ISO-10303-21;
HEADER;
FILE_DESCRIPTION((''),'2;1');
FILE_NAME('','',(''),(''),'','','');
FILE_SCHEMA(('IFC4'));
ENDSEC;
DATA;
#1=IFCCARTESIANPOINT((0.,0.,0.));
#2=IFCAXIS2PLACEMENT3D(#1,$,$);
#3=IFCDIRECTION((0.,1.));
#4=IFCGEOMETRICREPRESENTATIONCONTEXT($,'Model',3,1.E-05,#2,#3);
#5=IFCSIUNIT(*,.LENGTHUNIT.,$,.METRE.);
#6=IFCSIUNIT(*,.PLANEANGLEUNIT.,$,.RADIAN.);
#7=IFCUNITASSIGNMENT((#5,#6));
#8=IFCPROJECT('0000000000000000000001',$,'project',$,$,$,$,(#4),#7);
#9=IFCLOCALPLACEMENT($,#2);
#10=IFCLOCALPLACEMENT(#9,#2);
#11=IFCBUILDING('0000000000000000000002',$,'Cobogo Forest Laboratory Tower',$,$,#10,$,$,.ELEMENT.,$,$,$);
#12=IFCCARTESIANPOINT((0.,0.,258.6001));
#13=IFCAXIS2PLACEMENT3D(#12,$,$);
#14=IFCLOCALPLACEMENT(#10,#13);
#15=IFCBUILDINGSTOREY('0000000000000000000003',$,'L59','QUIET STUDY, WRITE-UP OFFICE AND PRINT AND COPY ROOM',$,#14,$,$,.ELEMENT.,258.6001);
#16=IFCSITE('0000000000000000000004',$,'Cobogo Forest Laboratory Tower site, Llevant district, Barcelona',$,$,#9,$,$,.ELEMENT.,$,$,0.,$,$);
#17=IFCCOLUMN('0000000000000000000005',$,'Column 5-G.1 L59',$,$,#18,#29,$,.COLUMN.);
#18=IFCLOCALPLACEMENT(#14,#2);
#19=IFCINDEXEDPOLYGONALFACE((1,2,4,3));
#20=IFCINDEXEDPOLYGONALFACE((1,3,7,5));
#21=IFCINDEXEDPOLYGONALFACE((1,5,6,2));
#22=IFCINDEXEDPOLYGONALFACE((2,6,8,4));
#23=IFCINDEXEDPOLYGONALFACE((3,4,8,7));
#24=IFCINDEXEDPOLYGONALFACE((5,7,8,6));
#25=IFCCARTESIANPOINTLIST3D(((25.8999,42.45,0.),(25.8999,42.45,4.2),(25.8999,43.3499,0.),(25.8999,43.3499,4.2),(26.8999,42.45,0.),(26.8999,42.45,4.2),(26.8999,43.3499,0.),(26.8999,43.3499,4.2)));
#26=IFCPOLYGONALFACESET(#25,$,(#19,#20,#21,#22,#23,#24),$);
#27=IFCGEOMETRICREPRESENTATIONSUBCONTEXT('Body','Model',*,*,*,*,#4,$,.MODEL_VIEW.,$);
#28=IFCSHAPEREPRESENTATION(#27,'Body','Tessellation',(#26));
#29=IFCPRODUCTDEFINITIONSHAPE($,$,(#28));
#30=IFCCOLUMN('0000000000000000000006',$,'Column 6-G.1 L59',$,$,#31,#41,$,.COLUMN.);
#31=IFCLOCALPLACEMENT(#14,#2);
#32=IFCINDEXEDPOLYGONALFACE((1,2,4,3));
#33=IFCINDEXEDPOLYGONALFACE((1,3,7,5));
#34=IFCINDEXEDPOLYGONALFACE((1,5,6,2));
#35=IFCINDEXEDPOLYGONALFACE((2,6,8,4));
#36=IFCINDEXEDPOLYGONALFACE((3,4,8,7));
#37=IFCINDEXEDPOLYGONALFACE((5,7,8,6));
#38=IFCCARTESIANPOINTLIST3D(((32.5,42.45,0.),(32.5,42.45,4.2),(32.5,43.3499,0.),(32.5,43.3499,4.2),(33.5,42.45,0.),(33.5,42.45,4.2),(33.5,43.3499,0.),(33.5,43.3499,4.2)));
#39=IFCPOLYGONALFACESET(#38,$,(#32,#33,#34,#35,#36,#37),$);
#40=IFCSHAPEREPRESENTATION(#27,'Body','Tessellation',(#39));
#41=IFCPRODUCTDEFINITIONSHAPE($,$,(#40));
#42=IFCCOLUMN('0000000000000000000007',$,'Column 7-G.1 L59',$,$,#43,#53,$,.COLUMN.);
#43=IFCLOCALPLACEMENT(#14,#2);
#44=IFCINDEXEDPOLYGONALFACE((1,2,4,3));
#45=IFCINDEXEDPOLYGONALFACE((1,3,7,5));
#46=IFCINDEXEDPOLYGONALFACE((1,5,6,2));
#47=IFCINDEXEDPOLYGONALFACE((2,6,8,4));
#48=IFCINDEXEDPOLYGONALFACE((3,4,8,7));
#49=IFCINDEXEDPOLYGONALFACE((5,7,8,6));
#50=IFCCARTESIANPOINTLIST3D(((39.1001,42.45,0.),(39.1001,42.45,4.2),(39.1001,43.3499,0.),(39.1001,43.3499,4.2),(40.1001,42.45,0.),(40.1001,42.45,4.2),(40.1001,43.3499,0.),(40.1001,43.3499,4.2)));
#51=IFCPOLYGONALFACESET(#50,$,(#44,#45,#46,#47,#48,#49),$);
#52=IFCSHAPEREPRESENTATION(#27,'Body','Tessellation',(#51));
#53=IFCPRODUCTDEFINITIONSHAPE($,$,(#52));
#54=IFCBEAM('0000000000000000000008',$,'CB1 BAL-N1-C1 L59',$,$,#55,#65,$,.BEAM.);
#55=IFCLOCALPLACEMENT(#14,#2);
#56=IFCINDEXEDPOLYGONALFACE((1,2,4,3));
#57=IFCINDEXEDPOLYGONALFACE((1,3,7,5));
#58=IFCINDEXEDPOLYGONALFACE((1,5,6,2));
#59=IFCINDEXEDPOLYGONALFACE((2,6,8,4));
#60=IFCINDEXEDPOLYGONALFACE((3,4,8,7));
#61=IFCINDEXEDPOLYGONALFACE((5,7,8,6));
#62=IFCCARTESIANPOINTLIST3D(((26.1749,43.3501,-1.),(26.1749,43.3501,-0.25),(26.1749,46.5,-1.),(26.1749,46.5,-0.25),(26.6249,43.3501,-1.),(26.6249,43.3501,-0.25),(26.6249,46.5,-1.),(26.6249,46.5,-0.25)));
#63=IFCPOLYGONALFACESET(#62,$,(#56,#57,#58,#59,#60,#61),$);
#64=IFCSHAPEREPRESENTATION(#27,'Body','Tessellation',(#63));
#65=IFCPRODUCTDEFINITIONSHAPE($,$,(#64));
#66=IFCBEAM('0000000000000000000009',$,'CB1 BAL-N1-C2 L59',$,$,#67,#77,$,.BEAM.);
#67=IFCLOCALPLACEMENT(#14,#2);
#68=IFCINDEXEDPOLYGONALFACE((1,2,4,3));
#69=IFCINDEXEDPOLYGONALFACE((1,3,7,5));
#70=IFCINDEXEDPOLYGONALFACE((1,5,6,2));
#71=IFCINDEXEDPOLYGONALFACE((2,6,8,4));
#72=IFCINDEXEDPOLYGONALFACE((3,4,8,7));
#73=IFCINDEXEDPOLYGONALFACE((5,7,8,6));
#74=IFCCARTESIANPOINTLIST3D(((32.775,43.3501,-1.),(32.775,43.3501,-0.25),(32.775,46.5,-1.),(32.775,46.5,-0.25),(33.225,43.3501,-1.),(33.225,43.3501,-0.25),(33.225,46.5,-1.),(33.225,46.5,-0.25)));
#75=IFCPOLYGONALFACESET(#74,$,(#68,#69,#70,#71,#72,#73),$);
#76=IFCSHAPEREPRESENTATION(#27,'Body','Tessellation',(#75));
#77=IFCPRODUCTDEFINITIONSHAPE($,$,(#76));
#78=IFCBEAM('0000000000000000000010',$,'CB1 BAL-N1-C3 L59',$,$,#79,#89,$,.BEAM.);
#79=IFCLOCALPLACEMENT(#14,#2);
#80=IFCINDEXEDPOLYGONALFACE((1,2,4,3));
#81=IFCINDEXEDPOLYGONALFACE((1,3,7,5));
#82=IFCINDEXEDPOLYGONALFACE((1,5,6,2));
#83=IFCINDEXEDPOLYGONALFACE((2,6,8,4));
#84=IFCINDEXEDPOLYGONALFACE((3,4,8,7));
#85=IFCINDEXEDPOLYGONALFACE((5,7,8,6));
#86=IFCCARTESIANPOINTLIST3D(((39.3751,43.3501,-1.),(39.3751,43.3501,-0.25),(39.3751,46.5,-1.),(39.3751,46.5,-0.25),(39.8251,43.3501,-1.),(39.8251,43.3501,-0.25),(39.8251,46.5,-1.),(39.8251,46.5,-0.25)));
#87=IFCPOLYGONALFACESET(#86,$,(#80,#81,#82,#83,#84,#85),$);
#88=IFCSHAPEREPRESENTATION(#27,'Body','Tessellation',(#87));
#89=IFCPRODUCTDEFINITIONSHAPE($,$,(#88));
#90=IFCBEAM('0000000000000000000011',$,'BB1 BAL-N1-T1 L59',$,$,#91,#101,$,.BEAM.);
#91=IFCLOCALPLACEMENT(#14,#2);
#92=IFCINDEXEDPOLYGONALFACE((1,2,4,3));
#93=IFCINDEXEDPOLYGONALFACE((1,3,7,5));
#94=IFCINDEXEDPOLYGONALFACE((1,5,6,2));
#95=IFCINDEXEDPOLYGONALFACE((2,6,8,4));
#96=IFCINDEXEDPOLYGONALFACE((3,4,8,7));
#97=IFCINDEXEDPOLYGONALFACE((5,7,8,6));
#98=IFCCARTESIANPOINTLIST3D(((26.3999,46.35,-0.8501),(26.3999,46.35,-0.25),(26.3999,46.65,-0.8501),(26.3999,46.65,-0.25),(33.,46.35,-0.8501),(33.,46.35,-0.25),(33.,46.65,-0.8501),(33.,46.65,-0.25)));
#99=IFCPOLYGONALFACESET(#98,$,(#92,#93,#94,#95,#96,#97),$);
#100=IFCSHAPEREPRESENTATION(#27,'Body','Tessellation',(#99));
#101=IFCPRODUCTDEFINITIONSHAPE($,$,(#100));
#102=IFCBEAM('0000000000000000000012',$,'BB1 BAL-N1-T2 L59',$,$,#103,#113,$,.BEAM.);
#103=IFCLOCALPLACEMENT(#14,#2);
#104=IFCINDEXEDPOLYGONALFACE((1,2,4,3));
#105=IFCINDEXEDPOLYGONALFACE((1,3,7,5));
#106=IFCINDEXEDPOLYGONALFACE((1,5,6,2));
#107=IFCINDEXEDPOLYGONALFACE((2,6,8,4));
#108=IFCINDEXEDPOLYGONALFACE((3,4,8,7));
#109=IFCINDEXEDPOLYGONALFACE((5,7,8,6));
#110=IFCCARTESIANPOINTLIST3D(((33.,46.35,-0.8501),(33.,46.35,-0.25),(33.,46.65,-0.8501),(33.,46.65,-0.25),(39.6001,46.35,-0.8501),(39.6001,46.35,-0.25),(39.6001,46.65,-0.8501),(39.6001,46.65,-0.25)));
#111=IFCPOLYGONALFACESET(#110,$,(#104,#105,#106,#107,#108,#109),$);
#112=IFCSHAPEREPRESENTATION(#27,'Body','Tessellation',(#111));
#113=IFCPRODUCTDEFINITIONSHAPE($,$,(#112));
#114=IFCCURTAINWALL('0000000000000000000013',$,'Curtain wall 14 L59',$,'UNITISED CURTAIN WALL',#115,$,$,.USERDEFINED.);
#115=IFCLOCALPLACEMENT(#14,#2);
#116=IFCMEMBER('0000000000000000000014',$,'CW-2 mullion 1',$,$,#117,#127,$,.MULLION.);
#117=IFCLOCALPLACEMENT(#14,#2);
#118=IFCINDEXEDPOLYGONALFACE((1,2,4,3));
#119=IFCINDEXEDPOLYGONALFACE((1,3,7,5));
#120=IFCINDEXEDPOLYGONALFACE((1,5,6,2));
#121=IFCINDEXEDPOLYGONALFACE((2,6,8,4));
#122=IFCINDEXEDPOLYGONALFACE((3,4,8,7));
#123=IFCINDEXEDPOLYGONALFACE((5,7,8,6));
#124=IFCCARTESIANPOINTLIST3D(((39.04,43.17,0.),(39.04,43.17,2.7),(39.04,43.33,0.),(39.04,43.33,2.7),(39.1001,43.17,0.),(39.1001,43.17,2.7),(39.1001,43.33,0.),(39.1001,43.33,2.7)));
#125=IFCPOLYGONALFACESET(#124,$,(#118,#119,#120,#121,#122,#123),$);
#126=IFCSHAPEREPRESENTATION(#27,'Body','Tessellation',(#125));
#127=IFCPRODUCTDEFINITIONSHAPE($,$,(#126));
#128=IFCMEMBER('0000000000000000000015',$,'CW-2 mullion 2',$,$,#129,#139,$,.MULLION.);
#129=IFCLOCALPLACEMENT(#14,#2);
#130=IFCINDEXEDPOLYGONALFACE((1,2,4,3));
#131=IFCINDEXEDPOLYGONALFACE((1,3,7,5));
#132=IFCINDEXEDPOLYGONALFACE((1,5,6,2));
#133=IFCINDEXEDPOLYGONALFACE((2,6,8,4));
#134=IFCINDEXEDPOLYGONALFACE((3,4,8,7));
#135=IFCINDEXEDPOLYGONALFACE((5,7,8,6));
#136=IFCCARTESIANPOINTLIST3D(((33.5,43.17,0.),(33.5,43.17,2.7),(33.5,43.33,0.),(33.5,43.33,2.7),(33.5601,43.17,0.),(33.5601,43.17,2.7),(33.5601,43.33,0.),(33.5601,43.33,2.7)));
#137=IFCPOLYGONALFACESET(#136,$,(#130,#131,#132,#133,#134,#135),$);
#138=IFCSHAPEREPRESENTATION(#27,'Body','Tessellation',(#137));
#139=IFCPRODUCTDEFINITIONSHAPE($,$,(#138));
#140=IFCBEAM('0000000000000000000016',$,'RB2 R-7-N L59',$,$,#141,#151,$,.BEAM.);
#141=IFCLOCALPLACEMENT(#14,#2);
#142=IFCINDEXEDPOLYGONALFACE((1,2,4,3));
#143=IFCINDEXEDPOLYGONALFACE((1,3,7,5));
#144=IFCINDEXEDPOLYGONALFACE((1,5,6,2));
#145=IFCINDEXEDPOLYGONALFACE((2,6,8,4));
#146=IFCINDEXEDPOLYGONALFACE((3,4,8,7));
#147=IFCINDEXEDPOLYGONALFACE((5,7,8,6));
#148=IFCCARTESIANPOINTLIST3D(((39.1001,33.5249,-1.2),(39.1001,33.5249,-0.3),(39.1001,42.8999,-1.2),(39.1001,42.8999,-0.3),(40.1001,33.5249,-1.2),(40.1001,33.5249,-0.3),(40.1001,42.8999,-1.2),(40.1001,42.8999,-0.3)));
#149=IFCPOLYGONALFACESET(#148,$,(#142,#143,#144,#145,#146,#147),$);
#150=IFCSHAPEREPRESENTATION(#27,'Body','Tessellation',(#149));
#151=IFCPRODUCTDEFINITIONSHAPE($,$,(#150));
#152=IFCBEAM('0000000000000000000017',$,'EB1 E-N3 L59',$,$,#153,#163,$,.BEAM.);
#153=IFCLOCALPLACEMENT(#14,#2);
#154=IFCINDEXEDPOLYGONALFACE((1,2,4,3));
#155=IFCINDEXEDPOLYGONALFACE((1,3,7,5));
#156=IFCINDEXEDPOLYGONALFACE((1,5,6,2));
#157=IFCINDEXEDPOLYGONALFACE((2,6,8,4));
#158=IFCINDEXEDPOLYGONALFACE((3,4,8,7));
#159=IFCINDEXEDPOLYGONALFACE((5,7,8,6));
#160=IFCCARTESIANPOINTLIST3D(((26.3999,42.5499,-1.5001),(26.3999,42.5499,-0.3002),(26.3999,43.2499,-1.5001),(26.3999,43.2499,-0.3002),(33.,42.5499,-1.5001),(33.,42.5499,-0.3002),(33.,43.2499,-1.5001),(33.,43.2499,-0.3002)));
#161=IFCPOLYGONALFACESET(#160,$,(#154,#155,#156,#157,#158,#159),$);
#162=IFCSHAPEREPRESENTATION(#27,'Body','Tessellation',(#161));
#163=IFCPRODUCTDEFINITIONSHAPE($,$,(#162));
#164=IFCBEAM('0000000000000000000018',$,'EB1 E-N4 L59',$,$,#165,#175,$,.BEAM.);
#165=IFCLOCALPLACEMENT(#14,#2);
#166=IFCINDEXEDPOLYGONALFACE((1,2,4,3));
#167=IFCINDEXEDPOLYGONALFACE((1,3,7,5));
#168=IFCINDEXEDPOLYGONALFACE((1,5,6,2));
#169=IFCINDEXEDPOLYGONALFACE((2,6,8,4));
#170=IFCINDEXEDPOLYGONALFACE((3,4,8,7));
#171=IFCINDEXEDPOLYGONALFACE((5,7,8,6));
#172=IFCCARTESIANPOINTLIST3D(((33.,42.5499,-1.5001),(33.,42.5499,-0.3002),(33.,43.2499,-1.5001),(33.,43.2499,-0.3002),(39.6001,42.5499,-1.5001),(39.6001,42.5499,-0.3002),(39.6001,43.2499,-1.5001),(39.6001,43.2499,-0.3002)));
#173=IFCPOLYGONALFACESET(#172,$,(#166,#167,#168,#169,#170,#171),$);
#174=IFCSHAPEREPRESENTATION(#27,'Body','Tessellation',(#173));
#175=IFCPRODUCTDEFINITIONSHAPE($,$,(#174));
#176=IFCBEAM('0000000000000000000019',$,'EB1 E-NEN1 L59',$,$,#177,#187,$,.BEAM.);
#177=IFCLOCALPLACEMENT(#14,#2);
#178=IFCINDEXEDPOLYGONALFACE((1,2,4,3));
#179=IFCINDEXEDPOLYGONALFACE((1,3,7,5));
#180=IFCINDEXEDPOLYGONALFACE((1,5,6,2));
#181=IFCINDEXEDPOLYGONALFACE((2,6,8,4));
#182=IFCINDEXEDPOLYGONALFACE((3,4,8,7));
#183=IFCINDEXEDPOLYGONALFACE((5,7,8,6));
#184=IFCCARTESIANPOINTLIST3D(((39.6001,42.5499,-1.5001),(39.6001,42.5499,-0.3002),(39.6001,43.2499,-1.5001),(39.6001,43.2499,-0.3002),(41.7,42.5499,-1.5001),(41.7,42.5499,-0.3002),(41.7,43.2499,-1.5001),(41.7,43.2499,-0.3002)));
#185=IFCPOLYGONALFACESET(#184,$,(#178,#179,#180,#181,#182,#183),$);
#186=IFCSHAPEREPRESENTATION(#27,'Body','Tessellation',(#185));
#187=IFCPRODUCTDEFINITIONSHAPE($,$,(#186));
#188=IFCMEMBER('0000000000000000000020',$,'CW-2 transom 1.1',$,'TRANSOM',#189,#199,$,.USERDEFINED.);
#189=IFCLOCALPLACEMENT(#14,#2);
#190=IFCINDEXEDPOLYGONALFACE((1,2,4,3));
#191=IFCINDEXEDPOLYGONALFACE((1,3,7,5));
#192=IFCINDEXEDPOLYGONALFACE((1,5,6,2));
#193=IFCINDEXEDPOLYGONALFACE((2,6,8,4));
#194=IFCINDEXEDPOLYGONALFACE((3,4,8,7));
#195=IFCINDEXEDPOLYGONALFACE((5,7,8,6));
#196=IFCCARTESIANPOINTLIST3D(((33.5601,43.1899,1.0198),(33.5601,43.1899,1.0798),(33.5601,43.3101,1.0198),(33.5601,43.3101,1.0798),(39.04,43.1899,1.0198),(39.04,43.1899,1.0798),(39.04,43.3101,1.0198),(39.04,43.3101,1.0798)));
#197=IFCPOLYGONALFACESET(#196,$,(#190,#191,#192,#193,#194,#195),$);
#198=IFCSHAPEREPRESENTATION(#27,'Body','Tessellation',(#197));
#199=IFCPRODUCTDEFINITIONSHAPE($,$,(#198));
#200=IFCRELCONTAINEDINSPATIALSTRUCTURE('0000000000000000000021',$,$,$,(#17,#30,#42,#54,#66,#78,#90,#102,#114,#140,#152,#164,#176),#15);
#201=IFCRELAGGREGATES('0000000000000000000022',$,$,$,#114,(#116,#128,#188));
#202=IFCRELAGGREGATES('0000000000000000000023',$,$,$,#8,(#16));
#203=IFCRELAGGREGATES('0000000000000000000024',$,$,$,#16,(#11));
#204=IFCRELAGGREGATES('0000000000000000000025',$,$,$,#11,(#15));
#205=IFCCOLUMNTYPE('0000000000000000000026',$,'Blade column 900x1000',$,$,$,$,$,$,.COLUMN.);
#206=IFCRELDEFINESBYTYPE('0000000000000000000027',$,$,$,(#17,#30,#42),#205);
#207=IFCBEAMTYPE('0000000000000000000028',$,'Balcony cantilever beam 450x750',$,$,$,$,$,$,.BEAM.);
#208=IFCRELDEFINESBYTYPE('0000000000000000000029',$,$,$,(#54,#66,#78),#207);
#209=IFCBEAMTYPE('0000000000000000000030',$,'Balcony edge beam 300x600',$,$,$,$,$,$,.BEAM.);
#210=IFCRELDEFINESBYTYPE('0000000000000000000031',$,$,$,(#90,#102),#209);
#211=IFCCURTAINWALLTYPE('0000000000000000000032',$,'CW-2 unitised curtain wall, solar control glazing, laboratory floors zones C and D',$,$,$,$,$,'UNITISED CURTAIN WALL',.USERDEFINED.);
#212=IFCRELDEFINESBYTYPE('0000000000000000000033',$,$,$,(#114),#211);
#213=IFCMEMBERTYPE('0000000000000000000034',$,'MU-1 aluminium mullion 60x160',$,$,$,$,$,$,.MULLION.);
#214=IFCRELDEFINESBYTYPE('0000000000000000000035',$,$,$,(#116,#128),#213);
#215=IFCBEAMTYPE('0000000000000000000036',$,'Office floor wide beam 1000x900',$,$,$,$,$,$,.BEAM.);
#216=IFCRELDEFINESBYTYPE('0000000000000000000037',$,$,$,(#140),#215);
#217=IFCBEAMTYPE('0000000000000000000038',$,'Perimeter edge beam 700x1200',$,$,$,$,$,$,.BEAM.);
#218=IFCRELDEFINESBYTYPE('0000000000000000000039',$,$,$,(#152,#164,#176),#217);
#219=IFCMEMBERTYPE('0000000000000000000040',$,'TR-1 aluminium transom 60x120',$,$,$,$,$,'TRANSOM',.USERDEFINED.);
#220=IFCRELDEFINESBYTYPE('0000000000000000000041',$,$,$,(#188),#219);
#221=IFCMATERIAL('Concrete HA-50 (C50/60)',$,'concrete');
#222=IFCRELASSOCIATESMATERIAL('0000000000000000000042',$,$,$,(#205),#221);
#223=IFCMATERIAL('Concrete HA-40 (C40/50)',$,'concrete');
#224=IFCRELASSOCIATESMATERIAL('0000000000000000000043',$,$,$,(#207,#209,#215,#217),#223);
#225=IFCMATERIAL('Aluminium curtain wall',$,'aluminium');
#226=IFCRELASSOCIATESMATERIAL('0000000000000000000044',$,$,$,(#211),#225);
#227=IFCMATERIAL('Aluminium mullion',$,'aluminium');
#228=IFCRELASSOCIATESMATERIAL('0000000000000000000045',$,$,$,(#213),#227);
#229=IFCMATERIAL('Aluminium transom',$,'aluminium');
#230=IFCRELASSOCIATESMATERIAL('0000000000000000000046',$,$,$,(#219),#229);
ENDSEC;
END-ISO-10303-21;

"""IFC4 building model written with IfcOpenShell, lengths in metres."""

from ifc_helpers import new_model, si_unit, direction, frame, origin, origin_2d, place, context, subcontext, project, spatial, rectangle, extrude, material, material_profile, profile_set, type_object, element, aggregate, save


model = new_model("IFC4")

# Units and contexts
model_context = context("Model", 3, precision=1e-05, world=origin(), true_north=direction((0.0, 1.0)))
body_context = subcontext(model_context, "Body", "Model", "MODEL_VIEW")
ifc_project = project(units=[si_unit("LENGTHUNIT", "METRE"), si_unit("PLANEANGLEUNIT", "RADIAN")], contexts=[model_context])

# Site, building, storey
site_placement = place(None, origin())
site = spatial("IfcSite", under=ifc_project, at=site_placement, Name="Cobogo Forest Laboratory Tower site, Llevant district, Barcelona", CompositionType="ELEMENT", RefElevation=0.0)
building_placement = place(site_placement, origin())
building = spatial("IfcBuilding", under=site, at=building_placement, Name="Cobogo Forest Laboratory Tower", CompositionType="ELEMENT")
storey_placement = place(building_placement, frame((0.0, 0.0, 258.6001)))
storey = spatial("IfcBuildingStorey", under=building, at=storey_placement, Name="L59", Description="QUIET STUDY, WRITE-UP OFFICE AND PRINT AND COPY ROOM", CompositionType="ELEMENT", Elevation=258.6001)

# Columns
ifc_material_1 = material(Name="Concrete HA-50 (C50/60)", Category="concrete")
ifc_material_profile_1 = material_profile(ifc_material_1, rectangle(XDim=1.0, YDim=0.8999, at=origin_2d()), Name="RC 900x1000")
ifc_profile_set_1 = profile_set([ifc_material_profile_1], Name="Concrete HA-50 (C50/60)")
column_type = type_object("IfcColumnType", Name="Blade column 900x1000", PredefinedType="COLUMN", material=ifc_profile_set_1)
for number, where, z_axis, x_axis, name in (
    (1, (26.3999, 42.8999, 0.0), (0.0, 0.0, 1.0), (1.0, 0.0, 0.0), "Column 5-G.1 L59"),
    (2, (33.0, 42.8999, 0.0), (0.0, 0.0, 1.0), (1.0, 0.0, 0.0), "Column 6-G.1 L59"),
    (3, (39.6001, 42.8999, 0.0), (0.0, 0.0, 1.0), (1.0, 0.0, 0.0), "Column 7-G.1 L59"),
):
    element("IfcColumn", number, at=place(storey_placement, frame(where, z_axis=z_axis, x_axis=x_axis)), inside=storey, type_object=column_type, Name=name, PredefinedType="COLUMN", context=body_context, shape_type="SweptSolid", body=[
        extrude(rectangle(XDim=1.0, YDim=0.8999, at=origin_2d()), origin(), (0.0, 0.0, 1.0), 4.2),
    ])

# Beams
ifc_material_2 = material(Name="Concrete HA-40 (C40/50)", Category="concrete")
ifc_material_profile_2 = material_profile(ifc_material_2, rectangle(XDim=0.45, YDim=0.75, at=origin_2d()), Name="RC 450x750")
ifc_profile_set_2 = profile_set([ifc_material_profile_2], Name="Concrete HA-40 (C40/50)")
beam_type_1 = type_object("IfcBeamType", Name="Balcony cantilever beam 450x750", PredefinedType="BEAM", material=ifc_profile_set_2)
for number, where, z_axis, x_axis, name in (
    (4, (26.3999, 43.3501, -0.625), (0.0, 1.0, 0.0), (-1.0, 0.0, 0.0), "CB1 BAL-N1-C1 L59"),
    (5, (33.0, 43.3501, -0.625), (0.0, 1.0, 0.0), (-1.0, 0.0, 0.0), "CB1 BAL-N1-C2 L59"),
    (6, (39.6001, 43.3501, -0.625), (0.0, 1.0, 0.0), (-1.0, 0.0, 0.0), "CB1 BAL-N1-C3 L59"),
):
    element("IfcBeam", number, at=place(storey_placement, frame(where, z_axis=z_axis, x_axis=x_axis)), inside=storey, type_object=beam_type_1, Name=name, PredefinedType="BEAM", context=body_context, shape_type="SweptSolid", body=[
        extrude(rectangle(XDim=0.45, YDim=0.75, at=origin_2d()), origin(), (0.0, 0.0, 1.0), 3.1499),
    ])
ifc_material_profile_3 = material_profile(ifc_material_2, rectangle(XDim=0.3, YDim=0.6001, at=origin_2d()), Name="RC 300x600")
ifc_profile_set_3 = profile_set([ifc_material_profile_3], Name="Concrete HA-40 (C40/50)")
beam_type_2 = type_object("IfcBeamType", Name="Balcony edge beam 300x600", PredefinedType="BEAM", material=ifc_profile_set_3)
for number, where, z_axis, x_axis, name in (
    (7, (26.3999, 46.5, -0.55), (1.0, 0.0, 0.0), (0.0, 1.0, 0.0), "BB1 BAL-N1-T1 L59"),
    (8, (33.0, 46.5, -0.55), (1.0, 0.0, 0.0), (0.0, 1.0, 0.0), "BB1 BAL-N1-T2 L59"),
):
    element("IfcBeam", number, at=place(storey_placement, frame(where, z_axis=z_axis, x_axis=x_axis)), inside=storey, type_object=beam_type_2, Name=name, PredefinedType="BEAM", context=body_context, shape_type="SweptSolid", body=[
        extrude(rectangle(XDim=0.3, YDim=0.6001, at=origin_2d()), origin(), (0.0, 0.0, 1.0), 6.6001),
    ])

# Curtain wall, members
ifc_material_3 = material(Name="Aluminium curtain wall", Category="aluminium")
curtain_wall_type = type_object("IfcCurtainWallType", Name="CW-2 unitised curtain wall, solar control glazing, laboratory floors zones C and D", ElementType="UNITISED CURTAIN WALL", PredefinedType="USERDEFINED", material=ifc_material_3)
curtain_wall_placement = place(storey_placement, origin())
curtain_wall = element("IfcCurtainWall", 9, at=curtain_wall_placement, inside=storey, type_object=curtain_wall_type, Name="Curtain wall 14 L59", ObjectType="UNITISED CURTAIN WALL", PredefinedType="USERDEFINED")
ifc_material_4 = material(Name="Aluminium mullion", Category="aluminium")
ifc_material_profile_4 = material_profile(ifc_material_4, rectangle(XDim=0.0601, YDim=0.1599, at=origin_2d()), Name="AL 60x160")
ifc_profile_set_4 = profile_set([ifc_material_profile_4], Name="Aluminium mullion")
member_type_1 = type_object("IfcMemberType", Name="MU-1 aluminium mullion 60x160", PredefinedType="MULLION", material=ifc_profile_set_4)
member_1_placement = place(storey_placement, frame((39.0701, 43.25, 0.0), z_axis=(0.0, 0.0, 1.0), x_axis=(-1.0, 0.0, 0.0)))
member_1 = element("IfcMember", 10, at=member_1_placement, type_object=member_type_1, Name="CW-2 mullion 1", PredefinedType="MULLION", context=body_context, shape_type="SweptSolid", body=[
    extrude(rectangle(XDim=0.0601, YDim=0.1599, at=origin_2d()), origin(), (0.0, 0.0, 1.0), 2.7),
])
member_2_placement = place(storey_placement, frame((33.53, 43.25, 0.0), z_axis=(0.0, 0.0, 1.0), x_axis=(-1.0, 0.0, 0.0)))
member_2 = element("IfcMember", 11, at=member_2_placement, type_object=member_type_1, Name="CW-2 mullion 2", PredefinedType="MULLION", context=body_context, shape_type="SweptSolid", body=[
    extrude(rectangle(XDim=0.0601, YDim=0.1599, at=origin_2d()), origin(), (0.0, 0.0, 1.0), 2.7),
])

# Beams
ifc_material_profile_5 = material_profile(ifc_material_2, rectangle(XDim=1.0, YDim=0.8999, at=origin_2d()), Name="RC 1000x900")
ifc_profile_set_5 = profile_set([ifc_material_profile_5], Name="Concrete HA-40 (C40/50)")
beam_type_3 = type_object("IfcBeamType", Name="Office floor wide beam 1000x900", PredefinedType="BEAM", material=ifc_profile_set_5)
beam_1_placement = place(storey_placement, frame((39.6001, 33.5249, -0.75), z_axis=(0.0, 1.0, 0.0), x_axis=(-1.0, 0.0, 0.0)))
element("IfcBeam", 12, at=beam_1_placement, inside=storey, type_object=beam_type_3, Name="RB2 R-7-N L59", PredefinedType="BEAM", context=body_context, shape_type="SweptSolid", body=[
    extrude(rectangle(XDim=1.0, YDim=0.8999, at=origin_2d()), origin(), (0.0, 0.0, 1.0), 9.375),
])
ifc_material_profile_6 = material_profile(ifc_material_2, rectangle(XDim=0.7, YDim=1.2, at=origin_2d()), Name="RC 700x1200")
ifc_profile_set_6 = profile_set([ifc_material_profile_6], Name="Concrete HA-40 (C40/50)")
beam_type_4 = type_object("IfcBeamType", Name="Perimeter edge beam 700x1200", PredefinedType="BEAM", material=ifc_profile_set_6)
for number, where, z_axis, x_axis, name in (
    (13, (26.3999, 42.8999, -0.9001), (1.0, 0.0, 0.0), (0.0, 1.0, 0.0), "EB1 E-N3 L59"),
    (14, (33.0, 42.8999, -0.9001), (1.0, 0.0, 0.0), (0.0, 1.0, 0.0), "EB1 E-N4 L59"),
):
    element("IfcBeam", number, at=place(storey_placement, frame(where, z_axis=z_axis, x_axis=x_axis)), inside=storey, type_object=beam_type_4, Name=name, PredefinedType="BEAM", context=body_context, shape_type="SweptSolid", body=[
        extrude(rectangle(XDim=0.7, YDim=1.2, at=origin_2d()), origin(), (0.0, 0.0, 1.0), 6.6001),
    ])
beam_2_placement = place(storey_placement, frame((39.6001, 42.8999, -0.9001), z_axis=(1.0, 0.0, 0.0), x_axis=(0.0, 1.0, 0.0)))
element("IfcBeam", 15, at=beam_2_placement, inside=storey, type_object=beam_type_4, Name="EB1 E-NEN1 L59", PredefinedType="BEAM", context=body_context, shape_type="SweptSolid", body=[
    extrude(rectangle(XDim=0.7, YDim=1.2, at=origin_2d()), origin(), (0.0, 0.0, 1.0), 2.0999),
])

# Member
ifc_material_5 = material(Name="Aluminium transom", Category="aluminium")
ifc_material_profile_7 = material_profile(ifc_material_5, rectangle(XDim=0.1201, YDim=0.0601, at=origin_2d()), Name="AL 60x120")
ifc_profile_set_7 = profile_set([ifc_material_profile_7], Name="Aluminium transom")
member_type_2 = type_object("IfcMemberType", Name="TR-1 aluminium transom 60x120", ElementType="TRANSOM", PredefinedType="USERDEFINED", material=ifc_profile_set_7)
member_3_placement = place(storey_placement, frame((39.04, 43.25, 1.0498), z_axis=(-1.0, 0.0, 0.0), x_axis=(0.0, -1.0, 0.0)))
member_3 = element("IfcMember", 16, at=member_3_placement, type_object=member_type_2, Name="CW-2 transom 1.1", ObjectType="TRANSOM", PredefinedType="USERDEFINED", context=body_context, shape_type="SweptSolid", body=[
    extrude(rectangle(XDim=0.1201, YDim=0.0601, at=origin_2d()), origin(), (0.0, 0.0, 1.0), 5.48),
])

aggregate(curtain_wall, [member_1, member_2, member_3])

save(model, "model.ifc")
